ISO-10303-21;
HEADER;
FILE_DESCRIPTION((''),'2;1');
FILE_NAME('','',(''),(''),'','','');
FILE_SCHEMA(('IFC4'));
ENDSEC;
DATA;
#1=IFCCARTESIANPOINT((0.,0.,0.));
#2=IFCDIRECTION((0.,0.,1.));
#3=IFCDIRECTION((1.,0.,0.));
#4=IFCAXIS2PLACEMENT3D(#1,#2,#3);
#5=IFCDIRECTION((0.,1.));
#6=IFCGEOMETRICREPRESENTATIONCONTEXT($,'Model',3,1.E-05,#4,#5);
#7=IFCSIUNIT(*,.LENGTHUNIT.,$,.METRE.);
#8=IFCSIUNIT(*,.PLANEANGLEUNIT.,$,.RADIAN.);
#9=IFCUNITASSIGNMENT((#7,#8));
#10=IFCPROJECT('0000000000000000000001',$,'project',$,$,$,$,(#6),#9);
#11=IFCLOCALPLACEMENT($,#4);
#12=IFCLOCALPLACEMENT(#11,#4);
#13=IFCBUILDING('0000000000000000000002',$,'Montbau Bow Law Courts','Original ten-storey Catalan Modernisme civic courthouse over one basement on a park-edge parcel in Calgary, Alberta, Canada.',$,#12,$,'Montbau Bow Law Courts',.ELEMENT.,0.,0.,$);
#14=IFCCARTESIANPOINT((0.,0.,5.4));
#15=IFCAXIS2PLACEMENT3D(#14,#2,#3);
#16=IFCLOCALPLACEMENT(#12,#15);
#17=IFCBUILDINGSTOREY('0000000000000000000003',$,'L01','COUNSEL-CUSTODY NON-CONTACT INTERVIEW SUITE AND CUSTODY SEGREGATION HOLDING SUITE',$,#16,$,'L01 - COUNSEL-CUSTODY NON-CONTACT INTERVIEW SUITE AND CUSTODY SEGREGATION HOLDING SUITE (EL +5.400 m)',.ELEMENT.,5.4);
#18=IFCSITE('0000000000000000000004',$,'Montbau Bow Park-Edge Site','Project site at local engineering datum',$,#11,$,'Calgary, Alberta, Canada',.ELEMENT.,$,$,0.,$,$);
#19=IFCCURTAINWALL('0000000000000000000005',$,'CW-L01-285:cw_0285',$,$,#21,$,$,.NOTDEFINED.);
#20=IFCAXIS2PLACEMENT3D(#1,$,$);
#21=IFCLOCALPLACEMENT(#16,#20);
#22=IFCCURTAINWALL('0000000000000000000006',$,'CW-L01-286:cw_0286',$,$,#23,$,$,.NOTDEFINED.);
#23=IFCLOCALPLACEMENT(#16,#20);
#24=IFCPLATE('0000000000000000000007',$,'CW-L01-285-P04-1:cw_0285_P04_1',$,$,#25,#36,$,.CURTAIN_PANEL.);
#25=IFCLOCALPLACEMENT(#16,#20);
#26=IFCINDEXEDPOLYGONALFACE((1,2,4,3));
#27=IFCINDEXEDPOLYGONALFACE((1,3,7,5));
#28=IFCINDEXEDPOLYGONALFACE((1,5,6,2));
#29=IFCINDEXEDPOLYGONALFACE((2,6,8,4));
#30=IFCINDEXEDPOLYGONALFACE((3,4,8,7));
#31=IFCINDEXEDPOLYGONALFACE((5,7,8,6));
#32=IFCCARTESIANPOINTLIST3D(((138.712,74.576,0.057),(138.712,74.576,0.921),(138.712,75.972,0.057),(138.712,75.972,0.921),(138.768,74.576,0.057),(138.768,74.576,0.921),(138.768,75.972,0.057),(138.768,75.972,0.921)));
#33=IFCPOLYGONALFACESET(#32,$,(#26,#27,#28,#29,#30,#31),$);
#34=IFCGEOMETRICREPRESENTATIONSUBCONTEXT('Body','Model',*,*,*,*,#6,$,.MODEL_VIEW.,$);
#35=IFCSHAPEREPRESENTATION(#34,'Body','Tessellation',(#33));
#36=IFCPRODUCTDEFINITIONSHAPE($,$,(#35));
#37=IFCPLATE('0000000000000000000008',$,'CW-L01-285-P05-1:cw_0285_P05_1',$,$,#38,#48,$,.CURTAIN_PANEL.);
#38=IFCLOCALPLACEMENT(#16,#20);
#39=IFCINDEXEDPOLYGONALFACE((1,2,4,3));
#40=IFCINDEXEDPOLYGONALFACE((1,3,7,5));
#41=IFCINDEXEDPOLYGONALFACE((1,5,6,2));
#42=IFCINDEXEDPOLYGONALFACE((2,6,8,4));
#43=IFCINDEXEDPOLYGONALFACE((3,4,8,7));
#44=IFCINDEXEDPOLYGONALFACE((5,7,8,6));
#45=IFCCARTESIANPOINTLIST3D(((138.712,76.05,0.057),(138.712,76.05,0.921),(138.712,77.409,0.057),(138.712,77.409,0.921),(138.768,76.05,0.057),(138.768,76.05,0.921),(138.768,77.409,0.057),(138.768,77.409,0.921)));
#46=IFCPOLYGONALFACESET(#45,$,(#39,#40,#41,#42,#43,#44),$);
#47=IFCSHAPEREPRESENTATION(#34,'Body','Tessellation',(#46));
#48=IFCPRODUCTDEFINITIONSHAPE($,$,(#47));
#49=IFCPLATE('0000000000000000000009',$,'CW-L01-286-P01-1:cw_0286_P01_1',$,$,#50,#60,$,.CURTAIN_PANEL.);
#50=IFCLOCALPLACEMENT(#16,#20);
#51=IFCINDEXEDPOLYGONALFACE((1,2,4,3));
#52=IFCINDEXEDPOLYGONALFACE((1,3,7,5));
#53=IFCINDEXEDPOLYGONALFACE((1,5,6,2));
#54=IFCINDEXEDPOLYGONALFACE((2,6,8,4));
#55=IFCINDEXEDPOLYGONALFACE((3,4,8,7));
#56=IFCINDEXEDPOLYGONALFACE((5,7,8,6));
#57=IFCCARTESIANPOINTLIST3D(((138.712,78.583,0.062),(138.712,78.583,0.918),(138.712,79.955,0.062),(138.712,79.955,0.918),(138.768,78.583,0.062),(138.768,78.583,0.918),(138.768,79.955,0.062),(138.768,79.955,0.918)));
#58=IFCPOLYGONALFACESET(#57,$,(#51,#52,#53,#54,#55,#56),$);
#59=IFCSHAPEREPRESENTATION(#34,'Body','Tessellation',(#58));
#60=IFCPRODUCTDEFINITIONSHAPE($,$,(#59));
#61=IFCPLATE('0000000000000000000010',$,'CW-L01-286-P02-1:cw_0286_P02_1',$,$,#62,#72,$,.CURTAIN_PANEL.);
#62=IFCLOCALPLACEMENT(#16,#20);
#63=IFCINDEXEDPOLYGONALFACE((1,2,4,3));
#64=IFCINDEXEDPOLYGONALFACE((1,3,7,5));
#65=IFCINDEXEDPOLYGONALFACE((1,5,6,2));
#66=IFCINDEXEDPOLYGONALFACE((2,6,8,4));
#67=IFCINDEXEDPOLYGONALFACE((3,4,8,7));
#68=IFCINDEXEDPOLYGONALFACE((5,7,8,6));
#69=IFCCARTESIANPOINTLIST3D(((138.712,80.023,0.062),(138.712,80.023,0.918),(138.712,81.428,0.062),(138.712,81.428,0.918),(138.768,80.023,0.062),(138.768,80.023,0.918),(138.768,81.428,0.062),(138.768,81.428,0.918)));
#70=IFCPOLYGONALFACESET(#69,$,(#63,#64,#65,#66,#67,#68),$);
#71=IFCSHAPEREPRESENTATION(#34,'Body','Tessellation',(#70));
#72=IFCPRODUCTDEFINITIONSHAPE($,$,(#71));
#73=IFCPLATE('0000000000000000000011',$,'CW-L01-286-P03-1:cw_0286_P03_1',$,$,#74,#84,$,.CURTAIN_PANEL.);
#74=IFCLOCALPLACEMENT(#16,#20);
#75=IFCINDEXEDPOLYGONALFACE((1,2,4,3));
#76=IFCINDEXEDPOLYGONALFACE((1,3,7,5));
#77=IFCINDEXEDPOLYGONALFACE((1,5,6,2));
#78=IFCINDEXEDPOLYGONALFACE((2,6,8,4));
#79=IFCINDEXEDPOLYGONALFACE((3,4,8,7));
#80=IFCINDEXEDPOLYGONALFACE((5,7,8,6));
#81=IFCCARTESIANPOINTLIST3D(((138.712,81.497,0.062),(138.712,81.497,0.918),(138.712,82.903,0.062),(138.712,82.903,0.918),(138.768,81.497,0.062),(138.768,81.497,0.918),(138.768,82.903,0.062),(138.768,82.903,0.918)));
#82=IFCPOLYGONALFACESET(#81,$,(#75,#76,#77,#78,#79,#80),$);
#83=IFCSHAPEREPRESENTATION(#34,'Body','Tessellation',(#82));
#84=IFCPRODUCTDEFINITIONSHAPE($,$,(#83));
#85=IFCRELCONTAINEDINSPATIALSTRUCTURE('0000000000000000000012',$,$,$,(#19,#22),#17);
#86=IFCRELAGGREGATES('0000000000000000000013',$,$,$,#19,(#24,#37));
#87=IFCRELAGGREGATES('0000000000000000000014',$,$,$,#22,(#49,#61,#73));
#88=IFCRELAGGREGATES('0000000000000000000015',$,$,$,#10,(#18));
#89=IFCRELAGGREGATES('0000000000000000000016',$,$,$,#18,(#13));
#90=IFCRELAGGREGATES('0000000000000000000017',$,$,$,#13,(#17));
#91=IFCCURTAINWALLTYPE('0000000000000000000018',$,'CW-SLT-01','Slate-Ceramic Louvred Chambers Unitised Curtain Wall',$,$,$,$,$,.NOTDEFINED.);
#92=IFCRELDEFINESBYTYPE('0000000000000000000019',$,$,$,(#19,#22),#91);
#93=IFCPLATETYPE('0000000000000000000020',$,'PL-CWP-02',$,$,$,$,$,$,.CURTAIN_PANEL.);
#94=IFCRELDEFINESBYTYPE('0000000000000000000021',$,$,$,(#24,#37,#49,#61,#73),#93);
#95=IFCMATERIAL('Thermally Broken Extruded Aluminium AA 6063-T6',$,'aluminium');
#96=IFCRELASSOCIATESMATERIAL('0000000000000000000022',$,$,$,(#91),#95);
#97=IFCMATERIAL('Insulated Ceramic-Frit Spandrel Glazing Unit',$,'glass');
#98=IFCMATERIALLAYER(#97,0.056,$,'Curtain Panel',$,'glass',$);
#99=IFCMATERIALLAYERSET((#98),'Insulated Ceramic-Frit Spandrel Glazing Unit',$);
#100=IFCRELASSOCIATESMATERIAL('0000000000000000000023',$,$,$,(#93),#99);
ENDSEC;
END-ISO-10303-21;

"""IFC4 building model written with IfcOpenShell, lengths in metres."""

from ifc_helpers import new_model, si_unit, direction, frame, frame_2d, origin_with_axes, place, context, subcontext, project, spatial, rectangle, extrude, material, layer, layer_set, type_object, element, aggregate, save


model = new_model("IFC4")

# Units and contexts
model_context = context("Model", 3, precision=1e-05, world=origin_with_axes(), true_north=direction((0.0, 1.0)))
body_context = subcontext(model_context, "Body", "Model", "MODEL_VIEW")
ifc_project = project(units=[si_unit("LENGTHUNIT", "METRE"), si_unit("PLANEANGLEUNIT", "RADIAN")], contexts=[model_context])

# Site, building, storey
site_placement = place(None, origin_with_axes())
site = spatial("IfcSite", under=ifc_project, at=site_placement, Name="Montbau Bow Park-Edge Site", Description="Project site at local engineering datum", LongName="Calgary, Alberta, Canada", CompositionType="ELEMENT", RefElevation=0.0)
building_placement = place(site_placement, origin_with_axes())
building = spatial("IfcBuilding", under=site, at=building_placement, Name="Montbau Bow Law Courts", Description="Original ten-storey Catalan Modernisme civic courthouse over one basement on a park-edge parcel in Calgary, Alberta, Canada.", LongName="Montbau Bow Law Courts", CompositionType="ELEMENT", ElevationOfRefHeight=0.0, ElevationOfTerrain=0.0)
storey_placement = place(building_placement, frame((0.0, 0.0, 5.4), z_axis=(0.0, 0.0, 1.0), x_axis=(1.0, 0.0, 0.0)))
storey = spatial("IfcBuildingStorey", under=building, at=storey_placement, Name="L01", Description="COUNSEL-CUSTODY NON-CONTACT INTERVIEW SUITE AND CUSTODY SEGREGATION HOLDING SUITE", LongName="L01 - COUNSEL-CUSTODY NON-CONTACT INTERVIEW SUITE AND CUSTODY SEGREGATION HOLDING SUITE (EL +5.400 m)", CompositionType="ELEMENT", Elevation=5.4)

# Curtain walls
ifc_material_1 = material(Name="Thermally Broken Extruded Aluminium AA 6063-T6", Category="aluminium")
curtain_wall_type = type_object("IfcCurtainWallType", Name="CW-SLT-01", Description="Slate-Ceramic Louvred Chambers Unitised Curtain Wall", PredefinedType="NOTDEFINED", material=ifc_material_1)
curtain_wall_1_placement = place(None, frame((138.74, 70.115, 5.4), z_axis=(0.0, 0.0, 1.0), x_axis=(1.0, 0.0, 0.0)))
curtain_wall_1 = element("IfcCurtainWall", 1, at=curtain_wall_1_placement, inside=storey, type_object=curtain_wall_type, Name="CW-L01-285:cw_0285", PredefinedType="NOTDEFINED")
curtain_wall_2_placement = place(None, frame((138.74, 78.515, 5.4), z_axis=(0.0, 0.0, 1.0), x_axis=(1.0, 0.0, 0.0)))
curtain_wall_2 = element("IfcCurtainWall", 2, at=curtain_wall_2_placement, inside=storey, type_object=curtain_wall_type, Name="CW-L01-286:cw_0286", PredefinedType="NOTDEFINED")

# Plates
ifc_material_2 = material(Name="Insulated Ceramic-Frit Spandrel Glazing Unit", Category="glass")
ifc_layer_1 = layer(ifc_material_2, 0.056, Name="Curtain Panel", Category="glass")
ifc_layer_set_1 = layer_set([ifc_layer_1], Name="Insulated Ceramic-Frit Spandrel Glazing Unit")
plate_type_1 = type_object("IfcPlateType", Name="PL-CWP-02", PredefinedType="CURTAIN_PANEL", material=ifc_layer_set_1)
plate_1_placement = place(None, frame((138.74, 74.576, 5.457), z_axis=(1.0, 0.0, 0.0), x_axis=(0.0, 1.0, 0.0)))
plate_1 = element("IfcPlate", 3, at=plate_1_placement, type_object=plate_type_1, Name="CW-L01-285-P04-1:cw_0285_P04_1", PredefinedType="CURTAIN_PANEL", context=body_context, shape_type="SweptSolid", body=[
    extrude(rectangle(XDim=1.396, YDim=0.864, at=frame_2d((0.698, 0.432), x_axis=(1.0, 0.0))), frame((0.0, 0.0, -0.028), z_axis=(0.0, 0.0, 1.0), x_axis=(1.0, 0.0, 0.0)), (0.0, 0.0, 1.0), 0.056),
])
plate_2_placement = place(None, frame((138.74, 76.05, 5.457), z_axis=(1.0, 0.0, 0.0), x_axis=(0.0, 1.0, 0.0)))
plate_2 = element("IfcPlate", 4, at=plate_2_placement, type_object=plate_type_1, Name="CW-L01-285-P05-1:cw_0285_P05_1", PredefinedType="CURTAIN_PANEL", context=body_context, shape_type="SweptSolid", body=[
    extrude(rectangle(XDim=1.359, YDim=0.864, at=frame_2d((0.6795, 0.432), x_axis=(1.0, 0.0))), frame((0.0, 0.0, -0.028), z_axis=(0.0, 0.0, 1.0), x_axis=(1.0, 0.0, 0.0)), (0.0, 0.0, 1.0), 0.056),
])
aggregate(curtain_wall_1, [plate_1, plate_2])
plate_3_placement = place(None, frame((138.74, 78.583, 5.462), z_axis=(1.0, 0.0, 0.0), x_axis=(0.0, 1.0, 0.0)))
plate_3 = element("IfcPlate", 5, at=plate_3_placement, type_object=plate_type_1, Name="CW-L01-286-P01-1:cw_0286_P01_1", PredefinedType="CURTAIN_PANEL", context=body_context, shape_type="SweptSolid", body=[
    extrude(rectangle(XDim=1.372, YDim=0.856, at=frame_2d((0.686, 0.428), x_axis=(1.0, 0.0))), frame((0.0, 0.0, -0.028), z_axis=(0.0, 0.0, 1.0), x_axis=(1.0, 0.0, 0.0)), (0.0, 0.0, 1.0), 0.056),
])
plate_4_placement = place(None, frame((138.74, 80.023, 5.462), z_axis=(1.0, 0.0, 0.0), x_axis=(0.0, 1.0, 0.0)))
plate_4 = element("IfcPlate", 6, at=plate_4_placement, type_object=plate_type_1, Name="CW-L01-286-P02-1:cw_0286_P02_1", PredefinedType="CURTAIN_PANEL", context=body_context, shape_type="SweptSolid", body=[
    extrude(rectangle(XDim=1.405, YDim=0.856, at=frame_2d((0.7025, 0.428), x_axis=(1.0, 0.0))), frame((0.0, 0.0, -0.028), z_axis=(0.0, 0.0, 1.0), x_axis=(1.0, 0.0, 0.0)), (0.0, 0.0, 1.0), 0.056),
])
plate_5_placement = place(None, frame((138.74, 81.497, 5.462), z_axis=(1.0, 0.0, 0.0), x_axis=(0.0, 1.0, 0.0)))
plate_5 = element("IfcPlate", 7, at=plate_5_placement, type_object=plate_type_1, Name="CW-L01-286-P03-1:cw_0286_P03_1", PredefinedType="CURTAIN_PANEL", context=body_context, shape_type="SweptSolid", body=[
    extrude(rectangle(XDim=1.406, YDim=0.856, at=frame_2d((0.703, 0.428), x_axis=(1.0, 0.0))), frame((0.0, 0.0, -0.028), z_axis=(0.0, 0.0, 1.0), x_axis=(1.0, 0.0, 0.0)), (0.0, 0.0, 1.0), 0.056),
])
aggregate(curtain_wall_2, [plate_3, plate_4, plate_5])

save(model, "model.ifc")
